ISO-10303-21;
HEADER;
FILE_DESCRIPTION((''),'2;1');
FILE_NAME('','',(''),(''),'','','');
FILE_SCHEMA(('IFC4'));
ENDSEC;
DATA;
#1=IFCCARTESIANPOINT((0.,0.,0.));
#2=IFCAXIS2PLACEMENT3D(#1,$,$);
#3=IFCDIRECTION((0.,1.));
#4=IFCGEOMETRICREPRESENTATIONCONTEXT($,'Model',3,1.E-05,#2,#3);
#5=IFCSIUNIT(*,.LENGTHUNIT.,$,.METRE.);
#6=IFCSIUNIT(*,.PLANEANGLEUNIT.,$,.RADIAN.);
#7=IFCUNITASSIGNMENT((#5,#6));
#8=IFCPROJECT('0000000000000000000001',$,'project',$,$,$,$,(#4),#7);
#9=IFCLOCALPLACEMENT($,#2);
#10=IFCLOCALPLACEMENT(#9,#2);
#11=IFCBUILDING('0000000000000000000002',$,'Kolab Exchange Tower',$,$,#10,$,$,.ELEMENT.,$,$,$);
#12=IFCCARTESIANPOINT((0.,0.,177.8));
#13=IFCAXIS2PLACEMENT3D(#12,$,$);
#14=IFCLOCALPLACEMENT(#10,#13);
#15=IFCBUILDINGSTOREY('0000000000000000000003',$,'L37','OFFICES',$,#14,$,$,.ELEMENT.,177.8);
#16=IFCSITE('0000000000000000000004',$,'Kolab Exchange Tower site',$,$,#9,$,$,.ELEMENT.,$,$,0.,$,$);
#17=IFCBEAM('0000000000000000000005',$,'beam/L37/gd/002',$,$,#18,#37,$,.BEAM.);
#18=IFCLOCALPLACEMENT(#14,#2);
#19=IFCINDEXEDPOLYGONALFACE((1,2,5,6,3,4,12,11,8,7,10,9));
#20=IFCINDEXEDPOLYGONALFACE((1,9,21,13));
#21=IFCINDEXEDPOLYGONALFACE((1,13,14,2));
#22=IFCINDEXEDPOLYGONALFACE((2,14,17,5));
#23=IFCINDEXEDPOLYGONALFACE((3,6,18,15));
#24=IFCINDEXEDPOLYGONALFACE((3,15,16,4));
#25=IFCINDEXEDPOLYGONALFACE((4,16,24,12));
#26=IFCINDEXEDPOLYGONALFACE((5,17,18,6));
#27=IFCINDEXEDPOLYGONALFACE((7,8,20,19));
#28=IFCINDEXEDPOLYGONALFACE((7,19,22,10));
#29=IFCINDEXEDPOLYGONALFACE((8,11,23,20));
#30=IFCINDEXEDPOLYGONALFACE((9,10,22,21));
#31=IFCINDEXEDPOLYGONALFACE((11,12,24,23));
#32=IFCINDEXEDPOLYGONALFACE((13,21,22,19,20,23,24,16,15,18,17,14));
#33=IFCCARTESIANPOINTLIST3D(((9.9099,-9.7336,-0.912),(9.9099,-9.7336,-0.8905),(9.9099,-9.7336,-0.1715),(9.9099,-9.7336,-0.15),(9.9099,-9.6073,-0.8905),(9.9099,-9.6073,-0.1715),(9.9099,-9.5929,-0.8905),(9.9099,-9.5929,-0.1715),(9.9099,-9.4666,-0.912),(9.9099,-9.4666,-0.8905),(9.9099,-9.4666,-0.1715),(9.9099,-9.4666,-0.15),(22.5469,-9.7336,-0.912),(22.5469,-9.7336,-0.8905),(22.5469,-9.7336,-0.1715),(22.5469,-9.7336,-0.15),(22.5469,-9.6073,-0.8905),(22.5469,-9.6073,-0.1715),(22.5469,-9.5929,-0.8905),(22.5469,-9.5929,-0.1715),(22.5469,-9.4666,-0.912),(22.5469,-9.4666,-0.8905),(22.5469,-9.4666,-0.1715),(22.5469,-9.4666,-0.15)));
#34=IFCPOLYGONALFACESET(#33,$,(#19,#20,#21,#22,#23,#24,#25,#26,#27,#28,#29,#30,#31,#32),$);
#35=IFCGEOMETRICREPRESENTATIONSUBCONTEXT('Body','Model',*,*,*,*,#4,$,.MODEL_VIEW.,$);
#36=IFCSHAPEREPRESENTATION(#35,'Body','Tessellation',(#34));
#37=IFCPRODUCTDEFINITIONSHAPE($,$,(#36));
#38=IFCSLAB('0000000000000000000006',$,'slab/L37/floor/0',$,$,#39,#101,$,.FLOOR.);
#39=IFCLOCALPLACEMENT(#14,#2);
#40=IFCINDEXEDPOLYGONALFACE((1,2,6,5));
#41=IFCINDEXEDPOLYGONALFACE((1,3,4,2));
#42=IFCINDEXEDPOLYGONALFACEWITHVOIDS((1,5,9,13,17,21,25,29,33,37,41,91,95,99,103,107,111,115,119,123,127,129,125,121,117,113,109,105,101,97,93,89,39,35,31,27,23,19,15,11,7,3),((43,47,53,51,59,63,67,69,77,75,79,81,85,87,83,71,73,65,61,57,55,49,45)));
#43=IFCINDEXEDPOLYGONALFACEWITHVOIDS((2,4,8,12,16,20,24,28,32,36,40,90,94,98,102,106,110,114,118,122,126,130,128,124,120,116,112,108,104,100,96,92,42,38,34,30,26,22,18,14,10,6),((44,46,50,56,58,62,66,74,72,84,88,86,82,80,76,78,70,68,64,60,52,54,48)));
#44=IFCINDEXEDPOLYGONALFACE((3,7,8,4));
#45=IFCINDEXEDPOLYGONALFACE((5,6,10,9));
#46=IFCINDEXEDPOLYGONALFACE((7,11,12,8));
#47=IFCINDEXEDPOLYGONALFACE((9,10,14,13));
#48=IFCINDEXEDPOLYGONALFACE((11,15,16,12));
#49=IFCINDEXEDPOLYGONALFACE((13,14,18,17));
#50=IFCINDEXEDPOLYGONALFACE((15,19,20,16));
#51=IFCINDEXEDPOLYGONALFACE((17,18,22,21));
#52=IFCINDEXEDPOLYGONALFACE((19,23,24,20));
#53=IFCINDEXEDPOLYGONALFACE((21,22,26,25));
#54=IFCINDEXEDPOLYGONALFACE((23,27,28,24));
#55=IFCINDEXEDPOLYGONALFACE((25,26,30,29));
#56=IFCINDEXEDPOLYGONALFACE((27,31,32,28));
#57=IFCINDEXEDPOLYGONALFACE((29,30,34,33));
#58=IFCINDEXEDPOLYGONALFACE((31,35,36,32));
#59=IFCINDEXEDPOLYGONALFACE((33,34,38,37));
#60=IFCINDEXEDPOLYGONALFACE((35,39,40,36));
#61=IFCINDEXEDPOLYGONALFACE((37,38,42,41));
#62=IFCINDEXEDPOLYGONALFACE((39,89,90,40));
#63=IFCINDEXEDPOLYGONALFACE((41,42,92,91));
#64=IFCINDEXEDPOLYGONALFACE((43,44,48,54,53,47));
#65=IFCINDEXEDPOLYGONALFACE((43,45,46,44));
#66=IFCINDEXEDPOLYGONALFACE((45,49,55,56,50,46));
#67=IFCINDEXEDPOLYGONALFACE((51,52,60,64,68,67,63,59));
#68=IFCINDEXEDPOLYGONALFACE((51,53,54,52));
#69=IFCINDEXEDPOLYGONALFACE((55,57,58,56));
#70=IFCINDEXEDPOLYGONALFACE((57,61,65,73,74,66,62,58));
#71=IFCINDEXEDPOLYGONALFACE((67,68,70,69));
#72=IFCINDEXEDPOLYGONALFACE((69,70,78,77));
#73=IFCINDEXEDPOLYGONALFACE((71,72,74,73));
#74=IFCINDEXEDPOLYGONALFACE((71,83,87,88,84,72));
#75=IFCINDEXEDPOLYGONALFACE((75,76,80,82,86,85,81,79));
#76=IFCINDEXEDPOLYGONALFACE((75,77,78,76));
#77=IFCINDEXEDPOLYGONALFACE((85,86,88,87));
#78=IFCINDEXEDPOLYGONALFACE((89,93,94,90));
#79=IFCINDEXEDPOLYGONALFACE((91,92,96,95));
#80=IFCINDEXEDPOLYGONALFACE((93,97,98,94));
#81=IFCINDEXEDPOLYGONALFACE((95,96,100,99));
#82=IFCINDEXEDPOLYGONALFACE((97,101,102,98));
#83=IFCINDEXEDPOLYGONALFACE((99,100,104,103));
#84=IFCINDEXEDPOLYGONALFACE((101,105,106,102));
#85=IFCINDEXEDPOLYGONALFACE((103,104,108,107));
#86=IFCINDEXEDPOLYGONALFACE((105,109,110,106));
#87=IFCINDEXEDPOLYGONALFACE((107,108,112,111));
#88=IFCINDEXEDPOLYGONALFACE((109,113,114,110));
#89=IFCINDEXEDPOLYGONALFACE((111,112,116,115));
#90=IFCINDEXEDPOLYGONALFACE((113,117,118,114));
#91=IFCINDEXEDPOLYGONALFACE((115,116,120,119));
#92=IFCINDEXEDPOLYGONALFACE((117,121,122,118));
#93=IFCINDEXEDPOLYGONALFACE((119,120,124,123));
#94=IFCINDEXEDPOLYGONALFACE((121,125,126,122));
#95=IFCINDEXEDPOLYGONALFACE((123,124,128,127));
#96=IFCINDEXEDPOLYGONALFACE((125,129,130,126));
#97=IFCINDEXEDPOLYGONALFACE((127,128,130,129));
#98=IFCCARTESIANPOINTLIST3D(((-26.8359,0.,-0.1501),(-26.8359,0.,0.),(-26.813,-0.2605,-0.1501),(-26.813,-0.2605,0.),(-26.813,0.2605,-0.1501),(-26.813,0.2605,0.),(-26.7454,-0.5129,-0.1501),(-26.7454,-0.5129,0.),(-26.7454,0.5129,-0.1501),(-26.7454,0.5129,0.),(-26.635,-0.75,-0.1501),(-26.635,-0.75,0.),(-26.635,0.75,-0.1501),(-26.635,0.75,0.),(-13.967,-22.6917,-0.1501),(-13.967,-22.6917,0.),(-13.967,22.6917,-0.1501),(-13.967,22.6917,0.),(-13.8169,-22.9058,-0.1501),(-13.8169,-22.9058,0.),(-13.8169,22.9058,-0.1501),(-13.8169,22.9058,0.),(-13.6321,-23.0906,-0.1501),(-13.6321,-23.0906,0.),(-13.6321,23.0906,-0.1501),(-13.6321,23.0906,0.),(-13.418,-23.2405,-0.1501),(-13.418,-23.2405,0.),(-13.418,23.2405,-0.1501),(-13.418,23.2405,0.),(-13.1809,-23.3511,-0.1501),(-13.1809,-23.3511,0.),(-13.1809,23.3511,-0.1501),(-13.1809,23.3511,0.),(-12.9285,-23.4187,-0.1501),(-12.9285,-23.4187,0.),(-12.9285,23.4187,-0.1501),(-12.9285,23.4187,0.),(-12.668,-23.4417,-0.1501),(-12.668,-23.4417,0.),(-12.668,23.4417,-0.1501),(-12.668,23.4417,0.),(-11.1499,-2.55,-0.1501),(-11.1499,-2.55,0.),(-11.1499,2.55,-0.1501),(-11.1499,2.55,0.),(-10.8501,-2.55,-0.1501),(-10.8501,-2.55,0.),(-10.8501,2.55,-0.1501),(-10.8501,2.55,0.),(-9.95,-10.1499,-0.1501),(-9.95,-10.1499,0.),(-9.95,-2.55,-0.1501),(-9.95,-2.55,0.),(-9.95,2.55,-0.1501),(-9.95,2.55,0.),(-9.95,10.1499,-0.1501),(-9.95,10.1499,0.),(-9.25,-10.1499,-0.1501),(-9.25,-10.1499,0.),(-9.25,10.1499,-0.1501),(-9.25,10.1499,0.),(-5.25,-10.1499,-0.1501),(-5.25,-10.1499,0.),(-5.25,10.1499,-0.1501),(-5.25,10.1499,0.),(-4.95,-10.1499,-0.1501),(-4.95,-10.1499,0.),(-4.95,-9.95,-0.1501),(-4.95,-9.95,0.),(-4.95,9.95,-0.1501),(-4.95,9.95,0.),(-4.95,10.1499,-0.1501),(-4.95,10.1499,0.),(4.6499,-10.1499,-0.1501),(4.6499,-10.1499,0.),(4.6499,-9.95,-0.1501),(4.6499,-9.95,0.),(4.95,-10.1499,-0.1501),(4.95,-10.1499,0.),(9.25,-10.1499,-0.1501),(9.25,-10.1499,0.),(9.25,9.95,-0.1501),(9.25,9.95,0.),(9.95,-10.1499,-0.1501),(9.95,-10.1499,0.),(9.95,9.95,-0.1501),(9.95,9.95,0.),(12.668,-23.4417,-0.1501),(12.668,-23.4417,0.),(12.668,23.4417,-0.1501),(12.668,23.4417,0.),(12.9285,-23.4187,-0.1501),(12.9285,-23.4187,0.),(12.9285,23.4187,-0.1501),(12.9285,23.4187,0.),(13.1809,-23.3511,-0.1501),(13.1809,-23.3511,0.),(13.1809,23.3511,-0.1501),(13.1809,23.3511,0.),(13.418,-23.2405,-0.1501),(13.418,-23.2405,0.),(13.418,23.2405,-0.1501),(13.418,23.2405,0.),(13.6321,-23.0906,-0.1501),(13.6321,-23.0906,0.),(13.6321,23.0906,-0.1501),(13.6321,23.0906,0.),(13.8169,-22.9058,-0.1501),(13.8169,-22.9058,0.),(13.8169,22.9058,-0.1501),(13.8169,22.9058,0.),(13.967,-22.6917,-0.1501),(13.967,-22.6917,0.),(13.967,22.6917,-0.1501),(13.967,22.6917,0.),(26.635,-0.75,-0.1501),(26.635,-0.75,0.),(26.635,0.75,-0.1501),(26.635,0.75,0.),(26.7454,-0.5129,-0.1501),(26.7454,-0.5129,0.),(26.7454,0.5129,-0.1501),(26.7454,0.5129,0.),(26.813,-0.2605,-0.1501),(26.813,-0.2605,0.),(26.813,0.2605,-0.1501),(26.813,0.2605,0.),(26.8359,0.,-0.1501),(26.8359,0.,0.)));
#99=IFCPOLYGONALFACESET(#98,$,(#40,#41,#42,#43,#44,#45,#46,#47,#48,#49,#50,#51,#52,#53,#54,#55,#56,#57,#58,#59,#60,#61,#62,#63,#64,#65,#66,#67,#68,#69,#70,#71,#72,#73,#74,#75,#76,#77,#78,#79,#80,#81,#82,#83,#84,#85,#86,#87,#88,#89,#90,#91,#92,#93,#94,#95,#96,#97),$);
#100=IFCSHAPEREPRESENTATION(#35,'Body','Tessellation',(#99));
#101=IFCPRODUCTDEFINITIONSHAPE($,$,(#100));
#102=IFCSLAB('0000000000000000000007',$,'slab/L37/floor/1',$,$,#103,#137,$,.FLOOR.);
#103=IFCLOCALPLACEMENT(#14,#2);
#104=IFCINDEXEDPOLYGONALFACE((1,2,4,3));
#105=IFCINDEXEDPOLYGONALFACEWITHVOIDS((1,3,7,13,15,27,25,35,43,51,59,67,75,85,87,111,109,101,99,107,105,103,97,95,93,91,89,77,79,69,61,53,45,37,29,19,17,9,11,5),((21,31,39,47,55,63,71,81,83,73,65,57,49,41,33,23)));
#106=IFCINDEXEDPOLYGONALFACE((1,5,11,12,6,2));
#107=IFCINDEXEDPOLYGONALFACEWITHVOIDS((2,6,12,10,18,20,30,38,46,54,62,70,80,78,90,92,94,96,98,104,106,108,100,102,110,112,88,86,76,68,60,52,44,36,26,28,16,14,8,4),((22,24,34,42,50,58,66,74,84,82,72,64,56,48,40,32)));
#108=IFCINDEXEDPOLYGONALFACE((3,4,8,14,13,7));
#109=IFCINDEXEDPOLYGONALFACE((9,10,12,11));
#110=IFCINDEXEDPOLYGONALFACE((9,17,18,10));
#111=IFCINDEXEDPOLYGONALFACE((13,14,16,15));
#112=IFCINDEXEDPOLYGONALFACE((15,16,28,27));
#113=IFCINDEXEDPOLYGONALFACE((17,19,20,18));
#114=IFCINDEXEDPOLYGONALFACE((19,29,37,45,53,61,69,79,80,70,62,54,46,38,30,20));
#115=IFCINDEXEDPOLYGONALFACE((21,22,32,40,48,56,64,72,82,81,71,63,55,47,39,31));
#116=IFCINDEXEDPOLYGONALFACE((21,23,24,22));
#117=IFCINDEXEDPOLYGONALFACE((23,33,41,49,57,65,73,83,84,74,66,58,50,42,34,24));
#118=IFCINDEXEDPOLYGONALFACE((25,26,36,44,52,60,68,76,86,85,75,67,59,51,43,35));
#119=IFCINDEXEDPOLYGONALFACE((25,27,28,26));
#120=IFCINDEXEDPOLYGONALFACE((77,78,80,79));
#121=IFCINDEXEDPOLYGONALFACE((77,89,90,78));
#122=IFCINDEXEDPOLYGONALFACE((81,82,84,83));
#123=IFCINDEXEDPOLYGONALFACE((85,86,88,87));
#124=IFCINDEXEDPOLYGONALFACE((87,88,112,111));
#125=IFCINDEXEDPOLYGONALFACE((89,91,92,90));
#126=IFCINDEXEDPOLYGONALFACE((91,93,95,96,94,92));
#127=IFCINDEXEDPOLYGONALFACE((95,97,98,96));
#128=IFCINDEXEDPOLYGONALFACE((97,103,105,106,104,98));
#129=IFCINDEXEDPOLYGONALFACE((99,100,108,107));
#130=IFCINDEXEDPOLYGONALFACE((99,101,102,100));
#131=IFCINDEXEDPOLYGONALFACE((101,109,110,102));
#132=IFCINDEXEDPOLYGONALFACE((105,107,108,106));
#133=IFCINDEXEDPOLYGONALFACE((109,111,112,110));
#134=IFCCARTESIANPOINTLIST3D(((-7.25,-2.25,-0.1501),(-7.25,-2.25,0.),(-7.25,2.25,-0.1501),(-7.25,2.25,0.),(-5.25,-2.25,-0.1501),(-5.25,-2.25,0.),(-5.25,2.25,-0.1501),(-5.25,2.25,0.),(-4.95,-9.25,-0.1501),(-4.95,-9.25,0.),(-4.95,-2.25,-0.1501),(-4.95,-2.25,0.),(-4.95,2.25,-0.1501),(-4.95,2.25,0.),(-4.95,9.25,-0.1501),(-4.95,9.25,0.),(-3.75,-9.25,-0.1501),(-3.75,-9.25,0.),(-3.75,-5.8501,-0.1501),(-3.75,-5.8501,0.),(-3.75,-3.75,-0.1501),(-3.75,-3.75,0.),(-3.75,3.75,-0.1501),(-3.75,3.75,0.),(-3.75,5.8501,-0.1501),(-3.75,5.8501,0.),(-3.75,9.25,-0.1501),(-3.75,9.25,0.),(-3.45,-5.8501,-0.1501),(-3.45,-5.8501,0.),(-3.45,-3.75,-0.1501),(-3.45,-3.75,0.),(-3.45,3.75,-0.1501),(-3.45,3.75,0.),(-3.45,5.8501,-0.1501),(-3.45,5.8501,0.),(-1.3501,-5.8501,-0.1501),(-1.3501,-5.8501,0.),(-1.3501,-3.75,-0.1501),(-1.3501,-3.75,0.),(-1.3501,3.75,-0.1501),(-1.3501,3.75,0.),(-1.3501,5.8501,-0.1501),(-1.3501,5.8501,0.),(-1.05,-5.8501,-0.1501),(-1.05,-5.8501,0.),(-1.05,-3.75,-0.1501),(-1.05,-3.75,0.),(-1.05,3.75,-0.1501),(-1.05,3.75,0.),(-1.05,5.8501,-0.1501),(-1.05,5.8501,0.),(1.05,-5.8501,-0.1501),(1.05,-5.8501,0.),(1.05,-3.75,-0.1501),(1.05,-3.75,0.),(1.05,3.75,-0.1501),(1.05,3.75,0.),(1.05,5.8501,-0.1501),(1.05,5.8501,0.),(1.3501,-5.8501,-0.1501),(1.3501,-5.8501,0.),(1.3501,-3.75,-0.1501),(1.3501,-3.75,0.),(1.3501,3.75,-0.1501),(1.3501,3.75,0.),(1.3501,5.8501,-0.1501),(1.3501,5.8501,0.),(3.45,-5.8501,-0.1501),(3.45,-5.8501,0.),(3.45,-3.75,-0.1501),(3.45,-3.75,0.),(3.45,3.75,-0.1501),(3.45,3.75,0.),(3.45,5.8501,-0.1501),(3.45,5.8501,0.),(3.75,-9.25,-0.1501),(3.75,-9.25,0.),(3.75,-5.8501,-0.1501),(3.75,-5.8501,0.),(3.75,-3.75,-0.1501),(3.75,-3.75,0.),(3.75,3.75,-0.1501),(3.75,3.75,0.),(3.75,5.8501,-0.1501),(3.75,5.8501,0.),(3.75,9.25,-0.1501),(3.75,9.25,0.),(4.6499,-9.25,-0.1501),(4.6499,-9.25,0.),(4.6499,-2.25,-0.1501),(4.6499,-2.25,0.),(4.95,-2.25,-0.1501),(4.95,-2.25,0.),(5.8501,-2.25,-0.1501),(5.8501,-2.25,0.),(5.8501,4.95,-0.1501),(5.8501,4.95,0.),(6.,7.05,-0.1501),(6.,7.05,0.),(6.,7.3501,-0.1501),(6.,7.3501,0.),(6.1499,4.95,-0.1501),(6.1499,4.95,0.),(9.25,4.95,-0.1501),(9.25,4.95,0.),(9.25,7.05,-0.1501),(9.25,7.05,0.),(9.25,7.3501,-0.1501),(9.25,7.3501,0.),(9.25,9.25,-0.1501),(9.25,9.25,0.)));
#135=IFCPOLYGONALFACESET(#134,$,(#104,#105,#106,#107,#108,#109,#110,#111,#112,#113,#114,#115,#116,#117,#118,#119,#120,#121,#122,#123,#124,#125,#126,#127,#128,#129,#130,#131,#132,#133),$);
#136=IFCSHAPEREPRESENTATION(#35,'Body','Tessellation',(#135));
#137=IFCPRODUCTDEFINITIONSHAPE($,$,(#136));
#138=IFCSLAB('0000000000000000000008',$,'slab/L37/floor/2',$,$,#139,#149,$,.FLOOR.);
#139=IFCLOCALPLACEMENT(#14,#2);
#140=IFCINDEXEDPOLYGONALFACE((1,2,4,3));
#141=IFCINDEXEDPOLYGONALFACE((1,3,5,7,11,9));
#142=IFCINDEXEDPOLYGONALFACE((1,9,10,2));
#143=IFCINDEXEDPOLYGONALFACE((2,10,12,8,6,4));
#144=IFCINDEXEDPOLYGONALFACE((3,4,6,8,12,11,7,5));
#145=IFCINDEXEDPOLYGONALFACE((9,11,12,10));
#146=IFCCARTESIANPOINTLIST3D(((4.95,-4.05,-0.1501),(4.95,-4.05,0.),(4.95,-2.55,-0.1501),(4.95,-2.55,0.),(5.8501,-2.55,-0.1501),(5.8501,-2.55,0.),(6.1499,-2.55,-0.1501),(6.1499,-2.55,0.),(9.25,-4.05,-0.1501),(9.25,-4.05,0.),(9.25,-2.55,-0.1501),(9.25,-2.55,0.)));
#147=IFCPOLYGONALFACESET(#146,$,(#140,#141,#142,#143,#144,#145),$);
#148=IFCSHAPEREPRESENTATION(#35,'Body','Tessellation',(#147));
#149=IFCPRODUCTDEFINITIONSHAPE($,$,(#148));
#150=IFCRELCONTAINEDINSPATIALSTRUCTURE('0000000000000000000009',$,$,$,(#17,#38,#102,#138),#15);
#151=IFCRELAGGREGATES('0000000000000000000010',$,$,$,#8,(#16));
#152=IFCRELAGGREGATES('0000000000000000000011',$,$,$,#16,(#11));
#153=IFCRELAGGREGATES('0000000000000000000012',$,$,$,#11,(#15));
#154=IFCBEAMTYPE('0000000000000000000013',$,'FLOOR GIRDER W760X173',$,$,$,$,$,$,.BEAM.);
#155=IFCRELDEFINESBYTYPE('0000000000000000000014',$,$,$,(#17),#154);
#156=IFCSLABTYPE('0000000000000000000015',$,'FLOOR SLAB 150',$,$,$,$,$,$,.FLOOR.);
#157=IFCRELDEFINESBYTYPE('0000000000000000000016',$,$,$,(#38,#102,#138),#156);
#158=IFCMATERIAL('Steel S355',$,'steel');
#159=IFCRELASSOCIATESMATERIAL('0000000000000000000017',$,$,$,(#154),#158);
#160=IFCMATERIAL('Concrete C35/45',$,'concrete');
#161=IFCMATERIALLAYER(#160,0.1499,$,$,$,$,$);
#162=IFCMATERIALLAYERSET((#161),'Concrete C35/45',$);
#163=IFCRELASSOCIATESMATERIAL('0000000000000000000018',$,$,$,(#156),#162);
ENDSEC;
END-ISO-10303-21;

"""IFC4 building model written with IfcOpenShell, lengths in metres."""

from ifc_helpers import new_model, si_unit, direction, frame, origin, origin_2d, place, context, subcontext, project, spatial, polyline, i_section, outline, extrude, material, layer, layer_set, material_profile, profile_set, type_object, element, save


model = new_model("IFC4")

# Units and contexts
model_context = context("Model", 3, precision=1e-05, world=origin(), true_north=direction((0.0, 1.0)))
body_context = subcontext(model_context, "Body", "Model", "MODEL_VIEW")
ifc_project = project(units=[si_unit("LENGTHUNIT", "METRE"), si_unit("PLANEANGLEUNIT", "RADIAN")], contexts=[model_context])

# Site, building, storey
site_placement = place(None, origin())
site = spatial("IfcSite", under=ifc_project, at=site_placement, Name="Kolab Exchange Tower site", CompositionType="ELEMENT", RefElevation=0.0)
building_placement = place(site_placement, origin())
building = spatial("IfcBuilding", under=site, at=building_placement, Name="Kolab Exchange Tower", CompositionType="ELEMENT")
storey_placement = place(building_placement, frame((0.0, 0.0, 177.8)))
storey = spatial("IfcBuildingStorey", under=building, at=storey_placement, Name="L37", Description="OFFICES", CompositionType="ELEMENT", Elevation=177.8)

# Beam
ifc_material_1 = material(Name="Steel S355", Category="steel")
ifc_material_profile = material_profile(ifc_material_1, i_section(OverallWidth=0.2671, OverallDepth=0.762, WebThickness=0.0144, FlangeThickness=0.0215, at=origin_2d()), Name="W760X173")
ifc_profile_set = profile_set([ifc_material_profile], Name="Steel S355")
beam_type = type_object("IfcBeamType", Name="FLOOR GIRDER W760X173", PredefinedType="BEAM", material=ifc_profile_set)
beam_placement = place(storey_placement, frame((9.9099, -9.6001, -0.531), z_axis=(1.0, 0.0, 0.0), x_axis=(0.0, 1.0, 0.0)))
element("IfcBeam", 1, at=beam_placement, inside=storey, type_object=beam_type, Name="beam/L37/gd/002", PredefinedType="BEAM", context=body_context, shape_type="SweptSolid", body=[
    extrude(i_section(OverallWidth=0.2671, OverallDepth=0.762, WebThickness=0.0144, FlangeThickness=0.0215, at=origin_2d()), origin(), (0.0, 0.0, 1.0), 12.637),
])

# Slabs
ifc_material_2 = material(Name="Concrete C35/45", Category="concrete")
ifc_layer_1 = layer(ifc_material_2, 0.1499)
ifc_layer_set_1 = layer_set([ifc_layer_1], Name="Concrete C35/45")
slab_type_1 = type_object("IfcSlabType", Name="FLOOR SLAB 150", PredefinedType="FLOOR", material=ifc_layer_set_1)
slab_1_placement = place(storey_placement, frame((0.0, 0.0, -0.1501)))
element("IfcSlab", 2, at=slab_1_placement, inside=storey, type_object=slab_type_1, Name="slab/L37/floor/0", PredefinedType="FLOOR", context=body_context, shape_type="SweptSolid", body=[
    extrude(outline(polyline([(13.967, -22.6917), (26.635, -0.75), (26.7454, -0.5129), (26.813, -0.2605), (26.8359, 0.0), (26.813, 0.2605), (26.7454, 0.5129), (26.635, 0.75), (13.967, 22.6917), (13.8169, 22.9058), (13.6321, 23.0906), (13.418, 23.2405), (13.1809, 23.3511), (12.9285, 23.4187), (12.668, 23.4417), (-12.668, 23.4417), (-12.9285, 23.4187), (-13.1809, 23.3511), (-13.418, 23.2405), (-13.6321, 23.0906), (-13.8169, 22.9058), (-13.967, 22.6917), (-26.635, 0.75), (-26.7454, 0.5129), (-26.813, 0.2605), (-26.8359, 0.0), (-26.813, -0.2605), (-26.7454, -0.5129), (-26.635, -0.75), (-13.967, -22.6917), (-13.8169, -22.9058), (-13.6321, -23.0906), (-13.418, -23.2405), (-13.1809, -23.3511), (-12.9285, -23.4187), (-12.668, -23.4417), (12.668, -23.4417), (12.9285, -23.4187), (13.1809, -23.3511), (13.418, -23.2405), (13.6321, -23.0906), (13.8169, -22.9058), (13.967, -22.6917)]), holes=[polyline([(-9.25, -10.1499), (-9.95, -10.1499), (-9.95, -2.55), (-10.8501, -2.55), (-11.1499, -2.55), (-11.1499, 2.55), (-10.8501, 2.55), (-9.95, 2.55), (-9.95, 10.1499), (-9.25, 10.1499), (-5.25, 10.1499), (-4.95, 10.1499), (-4.95, 9.95), (9.25, 9.95), (9.95, 9.95), (9.95, -10.1499), (9.25, -10.1499), (4.95, -10.1499), (4.6499, -10.1499), (4.6499, -9.95), (-4.95, -9.95), (-4.95, -10.1499), (-5.25, -10.1499), (-9.25, -10.1499)])]), origin(), (0.0, 0.0, 1.0), 0.1501),
])
slab_2_placement = place(storey_placement, frame((0.0, 0.0, -0.1501)))
element("IfcSlab", 3, at=slab_2_placement, inside=storey, type_object=slab_type_1, Name="slab/L37/floor/1", PredefinedType="FLOOR", context=body_context, shape_type="SweptSolid", body=[
    extrude(outline(polyline([(-4.95, 9.25), (-4.95, 2.25), (-5.25, 2.25), (-7.25, 2.25), (-7.25, -2.25), (-5.25, -2.25), (-4.95, -2.25), (-4.95, -9.25), (-3.75, -9.25), (-3.75, -5.8501), (-3.45, -5.8501), (-1.3501, -5.8501), (-1.05, -5.8501), (1.05, -5.8501), (1.3501, -5.8501), (3.45, -5.8501), (3.75, -5.8501), (3.75, -9.25), (4.6499, -9.25), (4.6499, -2.25), (4.95, -2.25), (5.8501, -2.25), (5.8501, 4.95), (6.1499, 4.95), (9.25, 4.95), (9.25, 7.05), (6.0, 7.05), (6.0, 7.3501), (9.25, 7.3501), (9.25, 9.25), (3.75, 9.25), (3.75, 5.8501), (3.45, 5.8501), (1.3501, 5.8501), (1.05, 5.8501), (-1.05, 5.8501), (-1.3501, 5.8501), (-3.45, 5.8501), (-3.75, 5.8501), (-3.75, 9.25), (-4.95, 9.25)]), holes=[polyline([(-3.45, -3.75), (-3.75, -3.75), (-3.75, 3.75), (-3.45, 3.75), (-1.3501, 3.75), (-1.05, 3.75), (1.05, 3.75), (1.3501, 3.75), (3.45, 3.75), (3.75, 3.75), (3.75, -3.75), (3.45, -3.75), (1.3501, -3.75), (1.05, -3.75), (-1.05, -3.75), (-1.3501, -3.75), (-3.45, -3.75)])]), origin(), (0.0, 0.0, 1.0), 0.1501),
])
slab_3_placement = place(storey_placement, frame((0.0, 0.0, -0.1501)))
element("IfcSlab", 4, at=slab_3_placement, inside=storey, type_object=slab_type_1, Name="slab/L37/floor/2", PredefinedType="FLOOR", context=body_context, shape_type="SweptSolid", body=[
    extrude(outline(polyline([(4.95, -4.05), (9.25, -4.05), (9.25, -2.55), (6.1499, -2.55), (5.8501, -2.55), (4.95, -2.55), (4.95, -4.05)])), origin(), (0.0, 0.0, 1.0), 0.1501),
])

save(model, "model.ifc")
